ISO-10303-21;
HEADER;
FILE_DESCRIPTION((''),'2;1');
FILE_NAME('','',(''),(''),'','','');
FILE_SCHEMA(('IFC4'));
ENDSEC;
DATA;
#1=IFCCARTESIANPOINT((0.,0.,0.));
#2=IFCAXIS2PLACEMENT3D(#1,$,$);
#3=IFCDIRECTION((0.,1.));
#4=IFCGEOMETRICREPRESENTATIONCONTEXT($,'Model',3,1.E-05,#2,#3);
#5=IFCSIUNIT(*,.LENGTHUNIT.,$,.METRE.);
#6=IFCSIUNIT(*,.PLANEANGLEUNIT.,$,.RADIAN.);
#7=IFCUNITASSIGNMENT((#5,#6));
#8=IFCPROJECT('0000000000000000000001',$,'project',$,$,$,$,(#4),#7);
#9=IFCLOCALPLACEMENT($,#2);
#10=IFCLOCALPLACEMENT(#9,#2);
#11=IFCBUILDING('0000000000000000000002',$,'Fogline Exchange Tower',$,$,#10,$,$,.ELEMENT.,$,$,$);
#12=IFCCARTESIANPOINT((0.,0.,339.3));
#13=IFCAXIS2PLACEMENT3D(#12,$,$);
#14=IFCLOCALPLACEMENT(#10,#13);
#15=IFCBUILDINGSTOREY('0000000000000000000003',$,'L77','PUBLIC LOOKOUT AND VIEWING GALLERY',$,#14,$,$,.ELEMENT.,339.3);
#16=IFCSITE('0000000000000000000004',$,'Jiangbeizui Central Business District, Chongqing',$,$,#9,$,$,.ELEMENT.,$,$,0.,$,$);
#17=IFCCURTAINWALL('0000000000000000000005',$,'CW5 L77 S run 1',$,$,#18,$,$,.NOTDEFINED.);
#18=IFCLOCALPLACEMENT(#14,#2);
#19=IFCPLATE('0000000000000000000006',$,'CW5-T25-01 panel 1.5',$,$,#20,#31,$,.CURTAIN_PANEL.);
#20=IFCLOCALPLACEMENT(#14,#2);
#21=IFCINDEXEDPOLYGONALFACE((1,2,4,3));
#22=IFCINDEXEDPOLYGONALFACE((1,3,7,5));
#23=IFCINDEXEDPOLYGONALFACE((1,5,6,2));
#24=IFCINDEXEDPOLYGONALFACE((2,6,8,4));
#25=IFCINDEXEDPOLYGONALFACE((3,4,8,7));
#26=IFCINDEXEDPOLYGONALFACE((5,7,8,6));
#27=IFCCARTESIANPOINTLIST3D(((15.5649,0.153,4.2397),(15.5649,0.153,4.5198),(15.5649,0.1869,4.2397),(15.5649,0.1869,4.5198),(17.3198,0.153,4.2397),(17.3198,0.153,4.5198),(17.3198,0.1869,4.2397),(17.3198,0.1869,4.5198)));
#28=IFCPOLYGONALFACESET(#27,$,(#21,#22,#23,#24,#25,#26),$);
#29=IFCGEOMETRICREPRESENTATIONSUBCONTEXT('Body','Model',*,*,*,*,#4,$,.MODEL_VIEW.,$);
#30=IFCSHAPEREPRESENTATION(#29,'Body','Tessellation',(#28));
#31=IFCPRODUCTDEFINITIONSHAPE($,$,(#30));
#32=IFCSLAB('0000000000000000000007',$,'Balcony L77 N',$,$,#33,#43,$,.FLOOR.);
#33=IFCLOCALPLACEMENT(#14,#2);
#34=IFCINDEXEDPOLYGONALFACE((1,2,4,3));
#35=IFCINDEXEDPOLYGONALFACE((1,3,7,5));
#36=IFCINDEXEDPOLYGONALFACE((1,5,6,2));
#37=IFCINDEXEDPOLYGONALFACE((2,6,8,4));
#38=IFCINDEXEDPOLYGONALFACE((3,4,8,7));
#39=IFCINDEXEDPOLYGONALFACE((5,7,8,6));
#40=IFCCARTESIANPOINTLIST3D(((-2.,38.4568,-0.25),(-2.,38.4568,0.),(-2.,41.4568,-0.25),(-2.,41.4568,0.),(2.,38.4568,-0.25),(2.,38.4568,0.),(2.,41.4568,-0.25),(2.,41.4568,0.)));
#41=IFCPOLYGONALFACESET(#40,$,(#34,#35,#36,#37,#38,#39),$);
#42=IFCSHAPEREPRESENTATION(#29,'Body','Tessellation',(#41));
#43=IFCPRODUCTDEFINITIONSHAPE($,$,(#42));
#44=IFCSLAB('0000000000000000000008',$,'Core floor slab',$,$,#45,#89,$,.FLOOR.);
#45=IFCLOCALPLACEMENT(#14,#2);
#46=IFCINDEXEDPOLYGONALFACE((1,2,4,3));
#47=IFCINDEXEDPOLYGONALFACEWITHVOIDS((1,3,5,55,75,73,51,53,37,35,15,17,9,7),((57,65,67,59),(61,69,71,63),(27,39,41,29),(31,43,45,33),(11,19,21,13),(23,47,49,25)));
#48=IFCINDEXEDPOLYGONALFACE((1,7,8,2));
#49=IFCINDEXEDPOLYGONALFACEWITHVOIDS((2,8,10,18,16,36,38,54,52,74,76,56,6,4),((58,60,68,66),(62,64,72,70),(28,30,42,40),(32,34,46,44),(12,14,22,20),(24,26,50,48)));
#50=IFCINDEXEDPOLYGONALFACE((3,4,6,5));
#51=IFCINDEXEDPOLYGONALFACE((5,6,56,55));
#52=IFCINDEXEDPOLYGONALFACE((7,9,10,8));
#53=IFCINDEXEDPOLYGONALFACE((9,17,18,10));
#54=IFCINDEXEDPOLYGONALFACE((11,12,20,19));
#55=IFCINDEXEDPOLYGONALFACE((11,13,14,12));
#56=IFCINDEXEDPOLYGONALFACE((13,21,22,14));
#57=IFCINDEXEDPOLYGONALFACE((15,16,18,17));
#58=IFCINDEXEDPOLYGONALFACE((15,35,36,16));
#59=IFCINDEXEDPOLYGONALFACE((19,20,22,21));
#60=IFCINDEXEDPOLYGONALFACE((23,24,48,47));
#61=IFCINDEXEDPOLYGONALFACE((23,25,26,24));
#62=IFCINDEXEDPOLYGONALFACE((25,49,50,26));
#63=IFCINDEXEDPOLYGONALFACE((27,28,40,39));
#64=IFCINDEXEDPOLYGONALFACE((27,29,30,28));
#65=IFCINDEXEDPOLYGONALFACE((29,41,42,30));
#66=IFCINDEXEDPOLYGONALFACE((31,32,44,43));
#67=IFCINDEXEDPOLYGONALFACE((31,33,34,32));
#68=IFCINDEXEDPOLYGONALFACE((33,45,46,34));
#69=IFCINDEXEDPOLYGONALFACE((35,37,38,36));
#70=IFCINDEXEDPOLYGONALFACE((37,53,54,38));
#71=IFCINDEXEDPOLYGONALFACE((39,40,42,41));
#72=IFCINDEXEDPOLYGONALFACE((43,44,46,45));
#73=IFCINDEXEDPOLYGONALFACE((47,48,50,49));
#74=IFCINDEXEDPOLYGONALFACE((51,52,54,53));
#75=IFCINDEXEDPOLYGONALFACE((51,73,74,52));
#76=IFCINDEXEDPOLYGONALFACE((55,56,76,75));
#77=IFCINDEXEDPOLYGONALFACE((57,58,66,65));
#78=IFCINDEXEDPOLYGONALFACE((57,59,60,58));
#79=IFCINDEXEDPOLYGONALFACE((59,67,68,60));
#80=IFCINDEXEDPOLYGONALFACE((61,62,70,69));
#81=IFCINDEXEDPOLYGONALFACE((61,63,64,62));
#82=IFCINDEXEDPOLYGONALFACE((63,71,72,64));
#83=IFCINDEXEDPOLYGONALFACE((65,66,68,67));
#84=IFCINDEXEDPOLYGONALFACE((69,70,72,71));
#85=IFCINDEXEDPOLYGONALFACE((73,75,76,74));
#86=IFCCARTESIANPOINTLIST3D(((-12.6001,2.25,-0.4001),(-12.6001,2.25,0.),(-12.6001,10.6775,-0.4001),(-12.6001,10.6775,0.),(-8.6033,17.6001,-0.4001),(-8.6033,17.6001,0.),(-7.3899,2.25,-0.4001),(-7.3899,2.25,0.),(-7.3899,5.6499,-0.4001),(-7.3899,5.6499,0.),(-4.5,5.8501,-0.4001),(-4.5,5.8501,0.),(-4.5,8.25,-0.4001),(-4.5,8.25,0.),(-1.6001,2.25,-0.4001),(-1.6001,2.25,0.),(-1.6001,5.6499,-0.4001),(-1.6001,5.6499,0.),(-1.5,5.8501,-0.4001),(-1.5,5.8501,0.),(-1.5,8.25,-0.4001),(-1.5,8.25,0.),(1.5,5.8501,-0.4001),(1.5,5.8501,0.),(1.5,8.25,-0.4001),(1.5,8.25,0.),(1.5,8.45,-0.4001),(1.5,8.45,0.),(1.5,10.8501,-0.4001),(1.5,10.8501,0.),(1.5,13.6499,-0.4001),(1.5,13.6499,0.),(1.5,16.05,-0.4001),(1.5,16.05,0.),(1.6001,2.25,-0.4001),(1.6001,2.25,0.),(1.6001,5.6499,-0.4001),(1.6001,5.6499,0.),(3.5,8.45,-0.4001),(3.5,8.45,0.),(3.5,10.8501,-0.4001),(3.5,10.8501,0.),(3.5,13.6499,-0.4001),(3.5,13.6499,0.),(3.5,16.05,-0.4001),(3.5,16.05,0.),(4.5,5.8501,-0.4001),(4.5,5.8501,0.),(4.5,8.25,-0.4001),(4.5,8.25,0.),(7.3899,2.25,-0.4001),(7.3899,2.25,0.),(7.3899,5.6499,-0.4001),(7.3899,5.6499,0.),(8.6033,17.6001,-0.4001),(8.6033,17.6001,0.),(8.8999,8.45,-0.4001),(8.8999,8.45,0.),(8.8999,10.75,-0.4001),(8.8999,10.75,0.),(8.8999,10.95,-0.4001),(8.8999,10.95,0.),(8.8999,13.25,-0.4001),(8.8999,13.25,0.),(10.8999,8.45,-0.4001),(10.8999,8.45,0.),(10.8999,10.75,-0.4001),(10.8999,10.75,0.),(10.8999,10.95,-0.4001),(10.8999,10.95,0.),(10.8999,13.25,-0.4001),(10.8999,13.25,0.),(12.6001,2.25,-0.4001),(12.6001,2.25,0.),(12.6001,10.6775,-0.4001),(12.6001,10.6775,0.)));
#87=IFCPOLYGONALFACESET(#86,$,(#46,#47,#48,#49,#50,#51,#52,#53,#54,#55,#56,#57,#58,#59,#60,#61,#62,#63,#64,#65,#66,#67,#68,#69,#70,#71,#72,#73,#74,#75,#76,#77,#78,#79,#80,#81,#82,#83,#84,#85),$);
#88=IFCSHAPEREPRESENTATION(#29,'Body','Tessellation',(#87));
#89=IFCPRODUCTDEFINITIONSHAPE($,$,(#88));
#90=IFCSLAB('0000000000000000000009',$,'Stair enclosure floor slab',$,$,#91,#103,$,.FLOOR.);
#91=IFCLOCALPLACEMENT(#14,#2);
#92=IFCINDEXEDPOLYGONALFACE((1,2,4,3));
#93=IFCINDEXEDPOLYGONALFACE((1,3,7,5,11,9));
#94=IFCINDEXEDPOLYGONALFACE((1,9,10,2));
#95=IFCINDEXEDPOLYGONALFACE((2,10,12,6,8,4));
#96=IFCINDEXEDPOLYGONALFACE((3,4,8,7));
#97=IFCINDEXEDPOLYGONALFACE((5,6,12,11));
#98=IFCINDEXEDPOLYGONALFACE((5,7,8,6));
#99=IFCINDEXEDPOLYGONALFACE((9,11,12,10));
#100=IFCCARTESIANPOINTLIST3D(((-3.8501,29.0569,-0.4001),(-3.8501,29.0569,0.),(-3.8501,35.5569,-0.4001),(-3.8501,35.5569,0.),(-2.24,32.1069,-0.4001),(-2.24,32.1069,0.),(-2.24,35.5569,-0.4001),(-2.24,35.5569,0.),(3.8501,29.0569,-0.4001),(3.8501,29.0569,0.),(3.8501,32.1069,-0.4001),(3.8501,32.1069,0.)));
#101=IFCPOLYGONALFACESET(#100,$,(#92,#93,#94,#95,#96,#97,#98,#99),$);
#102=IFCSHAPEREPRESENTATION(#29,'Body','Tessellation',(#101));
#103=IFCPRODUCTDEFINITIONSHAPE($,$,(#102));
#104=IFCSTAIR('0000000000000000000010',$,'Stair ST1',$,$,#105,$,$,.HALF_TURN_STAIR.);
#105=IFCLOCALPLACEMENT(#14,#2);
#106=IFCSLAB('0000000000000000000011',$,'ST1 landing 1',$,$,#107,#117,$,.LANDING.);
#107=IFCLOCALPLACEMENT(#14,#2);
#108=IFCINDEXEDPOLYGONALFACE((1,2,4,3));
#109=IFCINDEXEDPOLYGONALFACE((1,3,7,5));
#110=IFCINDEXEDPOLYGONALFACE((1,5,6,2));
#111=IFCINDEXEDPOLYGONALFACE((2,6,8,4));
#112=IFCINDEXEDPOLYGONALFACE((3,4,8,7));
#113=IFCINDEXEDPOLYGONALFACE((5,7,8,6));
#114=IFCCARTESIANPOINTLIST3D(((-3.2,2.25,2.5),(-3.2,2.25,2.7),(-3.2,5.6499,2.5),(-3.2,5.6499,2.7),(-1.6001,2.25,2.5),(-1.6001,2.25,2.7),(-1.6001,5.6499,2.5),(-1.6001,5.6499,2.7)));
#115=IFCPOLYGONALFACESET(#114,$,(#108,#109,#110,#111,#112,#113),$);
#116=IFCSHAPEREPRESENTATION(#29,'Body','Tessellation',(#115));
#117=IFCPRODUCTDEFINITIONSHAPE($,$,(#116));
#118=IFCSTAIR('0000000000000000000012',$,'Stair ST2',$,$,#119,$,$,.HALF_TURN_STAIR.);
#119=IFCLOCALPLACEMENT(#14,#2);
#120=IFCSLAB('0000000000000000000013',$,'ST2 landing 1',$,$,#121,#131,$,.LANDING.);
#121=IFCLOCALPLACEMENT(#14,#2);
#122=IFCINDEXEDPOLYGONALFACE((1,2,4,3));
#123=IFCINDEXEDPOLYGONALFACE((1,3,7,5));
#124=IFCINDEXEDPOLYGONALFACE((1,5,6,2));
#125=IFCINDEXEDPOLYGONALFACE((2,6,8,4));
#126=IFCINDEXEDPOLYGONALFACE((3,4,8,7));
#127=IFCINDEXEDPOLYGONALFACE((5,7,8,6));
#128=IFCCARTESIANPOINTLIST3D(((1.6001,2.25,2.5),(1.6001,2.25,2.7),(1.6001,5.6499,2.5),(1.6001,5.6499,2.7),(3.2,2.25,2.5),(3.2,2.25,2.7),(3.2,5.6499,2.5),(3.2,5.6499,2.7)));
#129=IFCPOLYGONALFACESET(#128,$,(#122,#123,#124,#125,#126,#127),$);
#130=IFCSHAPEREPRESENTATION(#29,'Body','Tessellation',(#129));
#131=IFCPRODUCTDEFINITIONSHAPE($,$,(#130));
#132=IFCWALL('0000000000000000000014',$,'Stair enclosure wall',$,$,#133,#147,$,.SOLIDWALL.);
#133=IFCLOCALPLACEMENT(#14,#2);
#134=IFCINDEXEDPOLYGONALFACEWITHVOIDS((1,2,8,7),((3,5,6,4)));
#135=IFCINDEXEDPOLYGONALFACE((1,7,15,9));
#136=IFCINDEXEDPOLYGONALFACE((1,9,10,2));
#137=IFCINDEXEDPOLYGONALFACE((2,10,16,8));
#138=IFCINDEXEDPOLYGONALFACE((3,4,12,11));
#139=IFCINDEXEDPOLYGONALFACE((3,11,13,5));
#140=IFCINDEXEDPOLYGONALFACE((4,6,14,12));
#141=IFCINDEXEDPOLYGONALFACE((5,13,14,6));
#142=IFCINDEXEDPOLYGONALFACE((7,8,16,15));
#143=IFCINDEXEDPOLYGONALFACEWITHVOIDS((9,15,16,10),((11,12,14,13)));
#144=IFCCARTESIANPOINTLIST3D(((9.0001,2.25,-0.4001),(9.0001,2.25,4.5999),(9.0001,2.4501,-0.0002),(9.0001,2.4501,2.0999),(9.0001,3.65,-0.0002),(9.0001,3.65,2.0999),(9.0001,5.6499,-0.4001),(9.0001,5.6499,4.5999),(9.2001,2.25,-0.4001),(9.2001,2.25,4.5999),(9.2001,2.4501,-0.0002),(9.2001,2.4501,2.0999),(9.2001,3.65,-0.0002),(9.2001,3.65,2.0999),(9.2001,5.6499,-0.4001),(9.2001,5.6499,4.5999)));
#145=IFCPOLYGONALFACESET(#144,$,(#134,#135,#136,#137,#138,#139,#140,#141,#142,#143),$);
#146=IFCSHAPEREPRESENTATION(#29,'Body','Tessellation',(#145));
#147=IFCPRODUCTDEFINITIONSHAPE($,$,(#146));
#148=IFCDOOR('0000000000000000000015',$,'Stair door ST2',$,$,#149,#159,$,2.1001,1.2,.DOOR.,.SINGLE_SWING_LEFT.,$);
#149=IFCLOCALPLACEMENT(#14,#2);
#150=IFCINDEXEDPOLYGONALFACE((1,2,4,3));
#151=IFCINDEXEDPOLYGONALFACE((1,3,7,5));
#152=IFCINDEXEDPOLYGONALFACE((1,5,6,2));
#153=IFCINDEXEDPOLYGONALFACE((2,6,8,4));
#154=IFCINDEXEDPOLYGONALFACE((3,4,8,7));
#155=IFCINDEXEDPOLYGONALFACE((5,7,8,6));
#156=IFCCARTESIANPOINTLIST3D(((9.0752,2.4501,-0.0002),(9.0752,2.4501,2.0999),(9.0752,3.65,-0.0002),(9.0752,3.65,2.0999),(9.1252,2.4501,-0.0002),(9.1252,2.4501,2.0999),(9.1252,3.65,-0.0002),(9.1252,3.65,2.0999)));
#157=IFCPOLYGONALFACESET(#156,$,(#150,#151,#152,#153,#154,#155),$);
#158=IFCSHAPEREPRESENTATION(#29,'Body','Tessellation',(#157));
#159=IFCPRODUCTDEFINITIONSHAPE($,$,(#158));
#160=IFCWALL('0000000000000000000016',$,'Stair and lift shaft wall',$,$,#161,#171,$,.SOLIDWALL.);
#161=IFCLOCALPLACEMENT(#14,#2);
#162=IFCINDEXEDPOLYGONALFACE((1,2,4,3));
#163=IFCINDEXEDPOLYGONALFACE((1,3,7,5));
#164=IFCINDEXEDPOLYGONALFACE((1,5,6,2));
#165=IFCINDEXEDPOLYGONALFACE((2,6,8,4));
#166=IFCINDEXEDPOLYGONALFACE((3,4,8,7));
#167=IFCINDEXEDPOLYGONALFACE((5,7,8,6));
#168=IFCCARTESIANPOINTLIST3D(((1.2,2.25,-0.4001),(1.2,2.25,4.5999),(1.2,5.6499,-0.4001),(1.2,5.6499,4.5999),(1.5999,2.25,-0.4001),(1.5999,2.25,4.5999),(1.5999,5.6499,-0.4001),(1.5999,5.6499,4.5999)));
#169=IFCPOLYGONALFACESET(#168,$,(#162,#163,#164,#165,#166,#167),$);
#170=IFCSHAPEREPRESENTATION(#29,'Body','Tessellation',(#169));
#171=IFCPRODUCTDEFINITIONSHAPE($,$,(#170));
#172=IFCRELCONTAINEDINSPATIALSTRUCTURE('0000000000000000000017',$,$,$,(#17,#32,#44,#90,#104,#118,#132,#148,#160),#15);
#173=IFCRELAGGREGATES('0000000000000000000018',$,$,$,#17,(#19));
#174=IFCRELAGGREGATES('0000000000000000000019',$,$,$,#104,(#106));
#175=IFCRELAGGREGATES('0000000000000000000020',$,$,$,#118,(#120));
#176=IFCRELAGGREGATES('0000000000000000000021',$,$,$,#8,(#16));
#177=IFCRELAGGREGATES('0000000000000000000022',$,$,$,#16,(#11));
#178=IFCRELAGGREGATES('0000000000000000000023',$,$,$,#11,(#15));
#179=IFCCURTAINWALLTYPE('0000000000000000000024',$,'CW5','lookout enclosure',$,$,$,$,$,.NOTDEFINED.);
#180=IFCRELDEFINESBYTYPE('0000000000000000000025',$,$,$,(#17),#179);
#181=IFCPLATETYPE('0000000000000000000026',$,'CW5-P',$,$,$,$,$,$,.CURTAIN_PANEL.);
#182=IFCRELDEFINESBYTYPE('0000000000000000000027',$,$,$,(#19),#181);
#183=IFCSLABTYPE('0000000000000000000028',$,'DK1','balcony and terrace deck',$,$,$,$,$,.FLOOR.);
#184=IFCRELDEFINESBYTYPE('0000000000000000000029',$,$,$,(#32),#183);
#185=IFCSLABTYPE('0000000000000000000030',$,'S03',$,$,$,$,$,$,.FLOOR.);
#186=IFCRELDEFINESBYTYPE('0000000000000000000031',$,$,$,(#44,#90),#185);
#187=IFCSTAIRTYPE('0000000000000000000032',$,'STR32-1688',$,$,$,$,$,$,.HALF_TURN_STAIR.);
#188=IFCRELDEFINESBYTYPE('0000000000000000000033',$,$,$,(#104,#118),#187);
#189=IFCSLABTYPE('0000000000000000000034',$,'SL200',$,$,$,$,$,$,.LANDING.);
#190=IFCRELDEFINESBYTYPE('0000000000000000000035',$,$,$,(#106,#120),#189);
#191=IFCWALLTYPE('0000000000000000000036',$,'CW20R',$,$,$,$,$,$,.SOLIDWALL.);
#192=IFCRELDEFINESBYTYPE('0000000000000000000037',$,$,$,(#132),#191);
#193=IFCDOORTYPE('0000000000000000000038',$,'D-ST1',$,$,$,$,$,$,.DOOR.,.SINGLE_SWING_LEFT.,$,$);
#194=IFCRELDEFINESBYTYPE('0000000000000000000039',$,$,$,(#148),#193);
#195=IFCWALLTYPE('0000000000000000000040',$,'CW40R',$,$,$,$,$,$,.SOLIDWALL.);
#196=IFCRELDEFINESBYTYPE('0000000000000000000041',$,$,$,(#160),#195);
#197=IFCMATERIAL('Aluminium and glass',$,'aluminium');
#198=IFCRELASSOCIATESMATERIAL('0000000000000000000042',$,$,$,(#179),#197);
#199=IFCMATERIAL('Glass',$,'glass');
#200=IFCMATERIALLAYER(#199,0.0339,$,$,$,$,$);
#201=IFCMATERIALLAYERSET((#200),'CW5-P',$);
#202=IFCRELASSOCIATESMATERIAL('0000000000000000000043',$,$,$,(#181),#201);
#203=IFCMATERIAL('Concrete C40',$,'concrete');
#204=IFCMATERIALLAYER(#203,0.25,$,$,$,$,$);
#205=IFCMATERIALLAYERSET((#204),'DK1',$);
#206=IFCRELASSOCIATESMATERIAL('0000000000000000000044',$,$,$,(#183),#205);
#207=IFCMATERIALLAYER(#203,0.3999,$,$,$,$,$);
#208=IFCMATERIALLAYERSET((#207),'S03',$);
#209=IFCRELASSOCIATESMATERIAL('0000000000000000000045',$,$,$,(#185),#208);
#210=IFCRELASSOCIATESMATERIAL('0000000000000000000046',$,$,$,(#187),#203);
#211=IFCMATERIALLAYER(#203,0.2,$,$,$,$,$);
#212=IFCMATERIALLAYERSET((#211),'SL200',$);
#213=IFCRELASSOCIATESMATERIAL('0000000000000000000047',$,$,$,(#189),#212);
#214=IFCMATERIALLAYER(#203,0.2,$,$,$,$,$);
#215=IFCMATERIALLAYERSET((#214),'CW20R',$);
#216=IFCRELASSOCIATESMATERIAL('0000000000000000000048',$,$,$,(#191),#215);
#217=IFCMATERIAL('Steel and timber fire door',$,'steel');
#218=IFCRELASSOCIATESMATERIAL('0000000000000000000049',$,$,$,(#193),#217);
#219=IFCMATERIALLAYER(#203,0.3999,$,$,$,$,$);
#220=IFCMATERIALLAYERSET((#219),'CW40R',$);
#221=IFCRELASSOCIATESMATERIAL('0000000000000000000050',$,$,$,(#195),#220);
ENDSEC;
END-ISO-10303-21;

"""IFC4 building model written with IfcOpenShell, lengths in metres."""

from ifc_helpers import new_model, si_unit, direction, frame, frame_2d, origin, origin_2d, place, context, subcontext, project, spatial, polyline, rectangle, outline, extrude, material, layer, layer_set, type_object, element, fill, aggregate, save


model = new_model("IFC4")

# Units and contexts
model_context = context("Model", 3, precision=1e-05, world=origin(), true_north=direction((0.0, 1.0)))
body_context = subcontext(model_context, "Body", "Model", "MODEL_VIEW")
ifc_project = project(units=[si_unit("LENGTHUNIT", "METRE"), si_unit("PLANEANGLEUNIT", "RADIAN")], contexts=[model_context])

# Site, building, storey
site_placement = place(None, origin())
site = spatial("IfcSite", under=ifc_project, at=site_placement, Name="Jiangbeizui Central Business District, Chongqing", CompositionType="ELEMENT", RefElevation=0.0)
building_placement = place(site_placement, origin())
building = spatial("IfcBuilding", under=site, at=building_placement, Name="Fogline Exchange Tower", CompositionType="ELEMENT")
storey_placement = place(building_placement, frame((0.0, 0.0, 339.3)))
storey = spatial("IfcBuildingStorey", under=building, at=storey_placement, Name="L77", Description="PUBLIC LOOKOUT AND VIEWING GALLERY", CompositionType="ELEMENT", Elevation=339.3)

# Shared definitions
ifc_material_1 = material(Name="Concrete C40", Category="concrete")

# Curtain wall, plate
ifc_material_2 = material(Name="Aluminium and glass", Category="aluminium")
curtain_wall_type = type_object("IfcCurtainWallType", Name="CW5", Description="lookout enclosure", PredefinedType="NOTDEFINED", material=ifc_material_2)
curtain_wall_placement = place(storey_placement, origin())
curtain_wall = element("IfcCurtainWall", 1, at=curtain_wall_placement, inside=storey, type_object=curtain_wall_type, Name="CW5 L77 S run 1", PredefinedType="NOTDEFINED")
ifc_material_3 = material(Name="Glass", Category="glass")
ifc_layer_1 = layer(ifc_material_3, 0.0339)
ifc_layer_set_1 = layer_set([ifc_layer_1], Name="CW5-P")
plate_type = type_object("IfcPlateType", Name="CW5-P", PredefinedType="CURTAIN_PANEL", material=ifc_layer_set_1)
plate_1_placement = place(storey_placement, frame((16.4424, 0.1699, 4.2397), z_axis=(0.0, 0.0, 1.0), x_axis=(1.0, 0.0, 0.0)))
plate_1 = element("IfcPlate", 2, at=plate_1_placement, type_object=plate_type, Name="CW5-T25-01 panel 1.5", PredefinedType="CURTAIN_PANEL", context=body_context, shape_type="SweptSolid", body=[
    extrude(rectangle(XDim=1.7549, YDim=0.0339, at=origin_2d()), origin(), (0.0, 0.0, 1.0), 0.28),
])
aggregate(curtain_wall, [plate_1])

# Slabs
ifc_layer_2 = layer(ifc_material_1, 0.25)
ifc_layer_set_2 = layer_set([ifc_layer_2], Name="DK1")
slab_type_1 = type_object("IfcSlabType", Name="DK1", Description="balcony and terrace deck", PredefinedType="FLOOR", material=ifc_layer_set_2)
slab_1_placement = place(storey_placement, frame((0.0, 0.0, -0.25)))
element("IfcSlab", 3, at=slab_1_placement, inside=storey, type_object=slab_type_1, Name="Balcony L77 N", PredefinedType="FLOOR", context=body_context, shape_type="SweptSolid", body=[
    extrude(outline(polyline([(2.0, 41.4568), (-2.0, 41.4568), (-2.0, 38.4568), (2.0, 38.4568), (2.0, 41.4568)])), origin(), (0.0, 0.0, 1.0), 0.25),
])
ifc_layer_3 = layer(ifc_material_1, 0.3999)
ifc_layer_set_3 = layer_set([ifc_layer_3], Name="S03")
slab_type_2 = type_object("IfcSlabType", Name="S03", PredefinedType="FLOOR", material=ifc_layer_set_3)
slab_2_placement = place(storey_placement, frame((0.0, 0.0, -0.4001)))
element("IfcSlab", 4, at=slab_2_placement, inside=storey, type_object=slab_type_2, Name="Core floor slab", PredefinedType="FLOOR", context=body_context, shape_type="SweptSolid", body=[
    extrude(outline(polyline([(-12.6001, 2.25), (-12.6001, 10.6775), (-8.6033, 17.6001), (8.6033, 17.6001), (12.6001, 10.6775), (12.6001, 2.25), (7.3899, 2.25), (7.3899, 5.6499), (1.6001, 5.6499), (1.6001, 2.25), (-1.6001, 2.25), (-1.6001, 5.6499), (-7.3899, 5.6499), (-7.3899, 2.25), (-12.6001, 2.25)]), holes=[polyline([(-4.5, 8.25), (-4.5, 5.8501), (-1.5, 5.8501), (-1.5, 8.25), (-4.5, 8.25)]), polyline([(1.5, 8.25), (1.5, 5.8501), (4.5, 5.8501), (4.5, 8.25), (1.5, 8.25)]), polyline([(8.8999, 10.75), (8.8999, 8.45), (10.8999, 8.45), (10.8999, 10.75), (8.8999, 10.75)]), polyline([(1.5, 10.8501), (1.5, 8.45), (3.5, 8.45), (3.5, 10.8501), (1.5, 10.8501)]), polyline([(8.8999, 13.25), (8.8999, 10.95), (10.8999, 10.95), (10.8999, 13.25), (8.8999, 13.25)]), polyline([(1.5, 16.05), (1.5, 13.6499), (3.5, 13.6499), (3.5, 16.05), (1.5, 16.05)])]), origin(), (0.0, 0.0, 1.0), 0.4001),
])
slab_3_placement = place(storey_placement, frame((0.0, 0.0, -0.4001)))
element("IfcSlab", 5, at=slab_3_placement, inside=storey, type_object=slab_type_2, Name="Stair enclosure floor slab", PredefinedType="FLOOR", context=body_context, shape_type="SweptSolid", body=[
    extrude(outline(polyline([(3.8501, 29.0569), (-3.8501, 29.0569), (-3.8501, 35.5569), (-2.24, 35.5569), (-2.24, 32.1069), (3.8501, 32.1069), (3.8501, 29.0569)])), origin(), (0.0, 0.0, 1.0), 0.4001),
])

# Stairs, slabs
stair_type = type_object("IfcStairType", Name="STR32-1688", PredefinedType="HALF_TURN_STAIR", material=ifc_material_1)
stair_1_placement = place(storey_placement, origin())
stair_1 = element("IfcStair", 6, at=stair_1_placement, inside=storey, type_object=stair_type, Name="Stair ST1", PredefinedType="HALF_TURN_STAIR")
ifc_layer_4 = layer(ifc_material_1, 0.2)
ifc_layer_set_4 = layer_set([ifc_layer_4], Name="SL200")
slab_type_3 = type_object("IfcSlabType", Name="SL200", PredefinedType="LANDING", material=ifc_layer_set_4)
slab_4_placement = place(storey_placement, frame((0.0, 0.0, 2.5)))
slab_4 = element("IfcSlab", 7, at=slab_4_placement, type_object=slab_type_3, Name="ST1 landing 1", PredefinedType="LANDING", context=body_context, shape_type="SweptSolid", body=[
    extrude(outline(polyline([(-3.2, 2.25), (-1.6001, 2.25), (-1.6001, 5.6499), (-3.2, 5.6499), (-3.2, 2.25)])), origin(), (0.0, 0.0, 1.0), 0.2),
])
aggregate(stair_1, [slab_4])
stair_2_placement = place(storey_placement, origin())
stair_2 = element("IfcStair", 8, at=stair_2_placement, inside=storey, type_object=stair_type, Name="Stair ST2", PredefinedType="HALF_TURN_STAIR")
slab_5_placement = place(storey_placement, frame((0.0, 0.0, 2.5)))
slab_5 = element("IfcSlab", 9, at=slab_5_placement, type_object=slab_type_3, Name="ST2 landing 1", PredefinedType="LANDING", context=body_context, shape_type="SweptSolid", body=[
    extrude(outline(polyline([(1.6001, 2.25), (3.2, 2.25), (3.2, 5.6499), (1.6001, 5.6499), (1.6001, 2.25)])), origin(), (0.0, 0.0, 1.0), 0.2),
])

# Wall, opening, door
ifc_layer_5 = layer(ifc_material_1, 0.2)
ifc_layer_set_5 = layer_set([ifc_layer_5], Name="CW20R")
wall_type_1 = type_object("IfcWallType", Name="CW20R", PredefinedType="SOLIDWALL", material=ifc_layer_set_5)
wall_1_placement = place(storey_placement, frame((9.1001, 2.25, -0.4001), z_axis=(0.0, 0.0, 1.0), x_axis=(0.0, 1.0, 0.0)))
wall_1 = element("IfcWall", 10, at=wall_1_placement, inside=storey, type_object=wall_type_1, Name="Stair enclosure wall", PredefinedType="SOLIDWALL", context=body_context, shape_type="SweptSolid", body=[
    extrude(rectangle(XDim=3.3999, YDim=0.2, at=frame_2d((1.7, 0.0))), origin(), (0.0, 0.0, 1.0), 5.0),
])
opening_1_placement = place(wall_1_placement, frame((0.2, 0.0, 0.3999)))
opening_1 = element("IfcOpeningElement", 11, at=opening_1_placement, cuts=wall_1, PredefinedType="OPENING", context=body_context, shape_type="SweptSolid", body=[
    extrude(rectangle(XDim=1.2, YDim=2.1001, at=frame_2d((0.6001, 1.05))), frame((0.0, 0.1099, 0.0), z_axis=(0.0, -1.0, 0.0), x_axis=(1.0, 0.0, 0.0)), (0.0, 0.0, 1.0), 0.22),
])
ifc_material_4 = material(Name="Steel and timber fire door", Category="steel")
door_type_1 = type_object("IfcDoorType", Name="D-ST1", OperationType="SINGLE_SWING_LEFT", PredefinedType="DOOR", material=ifc_material_4)
door_1_placement = place(opening_1_placement, origin())
door_1 = element("IfcDoor", 12, at=door_1_placement, inside=storey, type_object=door_type_1, Name="Stair door ST2", OperationType="SINGLE_SWING_LEFT", OverallHeight=2.1001, OverallWidth=1.2, PredefinedType="DOOR", context=body_context, shape_type="SweptSolid", body=[
    extrude(rectangle(XDim=1.2, YDim=2.1001, at=frame_2d((0.6001, 1.05))), frame((0.0, 0.0249, 0.0), z_axis=(0.0, -1.0, 0.0), x_axis=(1.0, 0.0, 0.0)), (0.0, 0.0, 1.0), 0.05),
])
fill(opening_1, door_1)

# Wall
ifc_layer_6 = layer(ifc_material_1, 0.3999)
ifc_layer_set_6 = layer_set([ifc_layer_6], Name="CW40R")
wall_type_2 = type_object("IfcWallType", Name="CW40R", PredefinedType="SOLIDWALL", material=ifc_layer_set_6)
wall_2_placement = place(storey_placement, frame((1.3999, 2.25, -0.4001), z_axis=(0.0, 0.0, 1.0), x_axis=(0.0, 1.0, 0.0)))
element("IfcWall", 13, at=wall_2_placement, inside=storey, type_object=wall_type_2, Name="Stair and lift shaft wall", PredefinedType="SOLIDWALL", context=body_context, shape_type="SweptSolid", body=[
    extrude(rectangle(XDim=3.3999, YDim=0.3999, at=frame_2d((1.7, 0.0))), origin(), (0.0, 0.0, 1.0), 5.0),
])

aggregate(stair_2, [slab_5])

save(model, "model.ifc")
